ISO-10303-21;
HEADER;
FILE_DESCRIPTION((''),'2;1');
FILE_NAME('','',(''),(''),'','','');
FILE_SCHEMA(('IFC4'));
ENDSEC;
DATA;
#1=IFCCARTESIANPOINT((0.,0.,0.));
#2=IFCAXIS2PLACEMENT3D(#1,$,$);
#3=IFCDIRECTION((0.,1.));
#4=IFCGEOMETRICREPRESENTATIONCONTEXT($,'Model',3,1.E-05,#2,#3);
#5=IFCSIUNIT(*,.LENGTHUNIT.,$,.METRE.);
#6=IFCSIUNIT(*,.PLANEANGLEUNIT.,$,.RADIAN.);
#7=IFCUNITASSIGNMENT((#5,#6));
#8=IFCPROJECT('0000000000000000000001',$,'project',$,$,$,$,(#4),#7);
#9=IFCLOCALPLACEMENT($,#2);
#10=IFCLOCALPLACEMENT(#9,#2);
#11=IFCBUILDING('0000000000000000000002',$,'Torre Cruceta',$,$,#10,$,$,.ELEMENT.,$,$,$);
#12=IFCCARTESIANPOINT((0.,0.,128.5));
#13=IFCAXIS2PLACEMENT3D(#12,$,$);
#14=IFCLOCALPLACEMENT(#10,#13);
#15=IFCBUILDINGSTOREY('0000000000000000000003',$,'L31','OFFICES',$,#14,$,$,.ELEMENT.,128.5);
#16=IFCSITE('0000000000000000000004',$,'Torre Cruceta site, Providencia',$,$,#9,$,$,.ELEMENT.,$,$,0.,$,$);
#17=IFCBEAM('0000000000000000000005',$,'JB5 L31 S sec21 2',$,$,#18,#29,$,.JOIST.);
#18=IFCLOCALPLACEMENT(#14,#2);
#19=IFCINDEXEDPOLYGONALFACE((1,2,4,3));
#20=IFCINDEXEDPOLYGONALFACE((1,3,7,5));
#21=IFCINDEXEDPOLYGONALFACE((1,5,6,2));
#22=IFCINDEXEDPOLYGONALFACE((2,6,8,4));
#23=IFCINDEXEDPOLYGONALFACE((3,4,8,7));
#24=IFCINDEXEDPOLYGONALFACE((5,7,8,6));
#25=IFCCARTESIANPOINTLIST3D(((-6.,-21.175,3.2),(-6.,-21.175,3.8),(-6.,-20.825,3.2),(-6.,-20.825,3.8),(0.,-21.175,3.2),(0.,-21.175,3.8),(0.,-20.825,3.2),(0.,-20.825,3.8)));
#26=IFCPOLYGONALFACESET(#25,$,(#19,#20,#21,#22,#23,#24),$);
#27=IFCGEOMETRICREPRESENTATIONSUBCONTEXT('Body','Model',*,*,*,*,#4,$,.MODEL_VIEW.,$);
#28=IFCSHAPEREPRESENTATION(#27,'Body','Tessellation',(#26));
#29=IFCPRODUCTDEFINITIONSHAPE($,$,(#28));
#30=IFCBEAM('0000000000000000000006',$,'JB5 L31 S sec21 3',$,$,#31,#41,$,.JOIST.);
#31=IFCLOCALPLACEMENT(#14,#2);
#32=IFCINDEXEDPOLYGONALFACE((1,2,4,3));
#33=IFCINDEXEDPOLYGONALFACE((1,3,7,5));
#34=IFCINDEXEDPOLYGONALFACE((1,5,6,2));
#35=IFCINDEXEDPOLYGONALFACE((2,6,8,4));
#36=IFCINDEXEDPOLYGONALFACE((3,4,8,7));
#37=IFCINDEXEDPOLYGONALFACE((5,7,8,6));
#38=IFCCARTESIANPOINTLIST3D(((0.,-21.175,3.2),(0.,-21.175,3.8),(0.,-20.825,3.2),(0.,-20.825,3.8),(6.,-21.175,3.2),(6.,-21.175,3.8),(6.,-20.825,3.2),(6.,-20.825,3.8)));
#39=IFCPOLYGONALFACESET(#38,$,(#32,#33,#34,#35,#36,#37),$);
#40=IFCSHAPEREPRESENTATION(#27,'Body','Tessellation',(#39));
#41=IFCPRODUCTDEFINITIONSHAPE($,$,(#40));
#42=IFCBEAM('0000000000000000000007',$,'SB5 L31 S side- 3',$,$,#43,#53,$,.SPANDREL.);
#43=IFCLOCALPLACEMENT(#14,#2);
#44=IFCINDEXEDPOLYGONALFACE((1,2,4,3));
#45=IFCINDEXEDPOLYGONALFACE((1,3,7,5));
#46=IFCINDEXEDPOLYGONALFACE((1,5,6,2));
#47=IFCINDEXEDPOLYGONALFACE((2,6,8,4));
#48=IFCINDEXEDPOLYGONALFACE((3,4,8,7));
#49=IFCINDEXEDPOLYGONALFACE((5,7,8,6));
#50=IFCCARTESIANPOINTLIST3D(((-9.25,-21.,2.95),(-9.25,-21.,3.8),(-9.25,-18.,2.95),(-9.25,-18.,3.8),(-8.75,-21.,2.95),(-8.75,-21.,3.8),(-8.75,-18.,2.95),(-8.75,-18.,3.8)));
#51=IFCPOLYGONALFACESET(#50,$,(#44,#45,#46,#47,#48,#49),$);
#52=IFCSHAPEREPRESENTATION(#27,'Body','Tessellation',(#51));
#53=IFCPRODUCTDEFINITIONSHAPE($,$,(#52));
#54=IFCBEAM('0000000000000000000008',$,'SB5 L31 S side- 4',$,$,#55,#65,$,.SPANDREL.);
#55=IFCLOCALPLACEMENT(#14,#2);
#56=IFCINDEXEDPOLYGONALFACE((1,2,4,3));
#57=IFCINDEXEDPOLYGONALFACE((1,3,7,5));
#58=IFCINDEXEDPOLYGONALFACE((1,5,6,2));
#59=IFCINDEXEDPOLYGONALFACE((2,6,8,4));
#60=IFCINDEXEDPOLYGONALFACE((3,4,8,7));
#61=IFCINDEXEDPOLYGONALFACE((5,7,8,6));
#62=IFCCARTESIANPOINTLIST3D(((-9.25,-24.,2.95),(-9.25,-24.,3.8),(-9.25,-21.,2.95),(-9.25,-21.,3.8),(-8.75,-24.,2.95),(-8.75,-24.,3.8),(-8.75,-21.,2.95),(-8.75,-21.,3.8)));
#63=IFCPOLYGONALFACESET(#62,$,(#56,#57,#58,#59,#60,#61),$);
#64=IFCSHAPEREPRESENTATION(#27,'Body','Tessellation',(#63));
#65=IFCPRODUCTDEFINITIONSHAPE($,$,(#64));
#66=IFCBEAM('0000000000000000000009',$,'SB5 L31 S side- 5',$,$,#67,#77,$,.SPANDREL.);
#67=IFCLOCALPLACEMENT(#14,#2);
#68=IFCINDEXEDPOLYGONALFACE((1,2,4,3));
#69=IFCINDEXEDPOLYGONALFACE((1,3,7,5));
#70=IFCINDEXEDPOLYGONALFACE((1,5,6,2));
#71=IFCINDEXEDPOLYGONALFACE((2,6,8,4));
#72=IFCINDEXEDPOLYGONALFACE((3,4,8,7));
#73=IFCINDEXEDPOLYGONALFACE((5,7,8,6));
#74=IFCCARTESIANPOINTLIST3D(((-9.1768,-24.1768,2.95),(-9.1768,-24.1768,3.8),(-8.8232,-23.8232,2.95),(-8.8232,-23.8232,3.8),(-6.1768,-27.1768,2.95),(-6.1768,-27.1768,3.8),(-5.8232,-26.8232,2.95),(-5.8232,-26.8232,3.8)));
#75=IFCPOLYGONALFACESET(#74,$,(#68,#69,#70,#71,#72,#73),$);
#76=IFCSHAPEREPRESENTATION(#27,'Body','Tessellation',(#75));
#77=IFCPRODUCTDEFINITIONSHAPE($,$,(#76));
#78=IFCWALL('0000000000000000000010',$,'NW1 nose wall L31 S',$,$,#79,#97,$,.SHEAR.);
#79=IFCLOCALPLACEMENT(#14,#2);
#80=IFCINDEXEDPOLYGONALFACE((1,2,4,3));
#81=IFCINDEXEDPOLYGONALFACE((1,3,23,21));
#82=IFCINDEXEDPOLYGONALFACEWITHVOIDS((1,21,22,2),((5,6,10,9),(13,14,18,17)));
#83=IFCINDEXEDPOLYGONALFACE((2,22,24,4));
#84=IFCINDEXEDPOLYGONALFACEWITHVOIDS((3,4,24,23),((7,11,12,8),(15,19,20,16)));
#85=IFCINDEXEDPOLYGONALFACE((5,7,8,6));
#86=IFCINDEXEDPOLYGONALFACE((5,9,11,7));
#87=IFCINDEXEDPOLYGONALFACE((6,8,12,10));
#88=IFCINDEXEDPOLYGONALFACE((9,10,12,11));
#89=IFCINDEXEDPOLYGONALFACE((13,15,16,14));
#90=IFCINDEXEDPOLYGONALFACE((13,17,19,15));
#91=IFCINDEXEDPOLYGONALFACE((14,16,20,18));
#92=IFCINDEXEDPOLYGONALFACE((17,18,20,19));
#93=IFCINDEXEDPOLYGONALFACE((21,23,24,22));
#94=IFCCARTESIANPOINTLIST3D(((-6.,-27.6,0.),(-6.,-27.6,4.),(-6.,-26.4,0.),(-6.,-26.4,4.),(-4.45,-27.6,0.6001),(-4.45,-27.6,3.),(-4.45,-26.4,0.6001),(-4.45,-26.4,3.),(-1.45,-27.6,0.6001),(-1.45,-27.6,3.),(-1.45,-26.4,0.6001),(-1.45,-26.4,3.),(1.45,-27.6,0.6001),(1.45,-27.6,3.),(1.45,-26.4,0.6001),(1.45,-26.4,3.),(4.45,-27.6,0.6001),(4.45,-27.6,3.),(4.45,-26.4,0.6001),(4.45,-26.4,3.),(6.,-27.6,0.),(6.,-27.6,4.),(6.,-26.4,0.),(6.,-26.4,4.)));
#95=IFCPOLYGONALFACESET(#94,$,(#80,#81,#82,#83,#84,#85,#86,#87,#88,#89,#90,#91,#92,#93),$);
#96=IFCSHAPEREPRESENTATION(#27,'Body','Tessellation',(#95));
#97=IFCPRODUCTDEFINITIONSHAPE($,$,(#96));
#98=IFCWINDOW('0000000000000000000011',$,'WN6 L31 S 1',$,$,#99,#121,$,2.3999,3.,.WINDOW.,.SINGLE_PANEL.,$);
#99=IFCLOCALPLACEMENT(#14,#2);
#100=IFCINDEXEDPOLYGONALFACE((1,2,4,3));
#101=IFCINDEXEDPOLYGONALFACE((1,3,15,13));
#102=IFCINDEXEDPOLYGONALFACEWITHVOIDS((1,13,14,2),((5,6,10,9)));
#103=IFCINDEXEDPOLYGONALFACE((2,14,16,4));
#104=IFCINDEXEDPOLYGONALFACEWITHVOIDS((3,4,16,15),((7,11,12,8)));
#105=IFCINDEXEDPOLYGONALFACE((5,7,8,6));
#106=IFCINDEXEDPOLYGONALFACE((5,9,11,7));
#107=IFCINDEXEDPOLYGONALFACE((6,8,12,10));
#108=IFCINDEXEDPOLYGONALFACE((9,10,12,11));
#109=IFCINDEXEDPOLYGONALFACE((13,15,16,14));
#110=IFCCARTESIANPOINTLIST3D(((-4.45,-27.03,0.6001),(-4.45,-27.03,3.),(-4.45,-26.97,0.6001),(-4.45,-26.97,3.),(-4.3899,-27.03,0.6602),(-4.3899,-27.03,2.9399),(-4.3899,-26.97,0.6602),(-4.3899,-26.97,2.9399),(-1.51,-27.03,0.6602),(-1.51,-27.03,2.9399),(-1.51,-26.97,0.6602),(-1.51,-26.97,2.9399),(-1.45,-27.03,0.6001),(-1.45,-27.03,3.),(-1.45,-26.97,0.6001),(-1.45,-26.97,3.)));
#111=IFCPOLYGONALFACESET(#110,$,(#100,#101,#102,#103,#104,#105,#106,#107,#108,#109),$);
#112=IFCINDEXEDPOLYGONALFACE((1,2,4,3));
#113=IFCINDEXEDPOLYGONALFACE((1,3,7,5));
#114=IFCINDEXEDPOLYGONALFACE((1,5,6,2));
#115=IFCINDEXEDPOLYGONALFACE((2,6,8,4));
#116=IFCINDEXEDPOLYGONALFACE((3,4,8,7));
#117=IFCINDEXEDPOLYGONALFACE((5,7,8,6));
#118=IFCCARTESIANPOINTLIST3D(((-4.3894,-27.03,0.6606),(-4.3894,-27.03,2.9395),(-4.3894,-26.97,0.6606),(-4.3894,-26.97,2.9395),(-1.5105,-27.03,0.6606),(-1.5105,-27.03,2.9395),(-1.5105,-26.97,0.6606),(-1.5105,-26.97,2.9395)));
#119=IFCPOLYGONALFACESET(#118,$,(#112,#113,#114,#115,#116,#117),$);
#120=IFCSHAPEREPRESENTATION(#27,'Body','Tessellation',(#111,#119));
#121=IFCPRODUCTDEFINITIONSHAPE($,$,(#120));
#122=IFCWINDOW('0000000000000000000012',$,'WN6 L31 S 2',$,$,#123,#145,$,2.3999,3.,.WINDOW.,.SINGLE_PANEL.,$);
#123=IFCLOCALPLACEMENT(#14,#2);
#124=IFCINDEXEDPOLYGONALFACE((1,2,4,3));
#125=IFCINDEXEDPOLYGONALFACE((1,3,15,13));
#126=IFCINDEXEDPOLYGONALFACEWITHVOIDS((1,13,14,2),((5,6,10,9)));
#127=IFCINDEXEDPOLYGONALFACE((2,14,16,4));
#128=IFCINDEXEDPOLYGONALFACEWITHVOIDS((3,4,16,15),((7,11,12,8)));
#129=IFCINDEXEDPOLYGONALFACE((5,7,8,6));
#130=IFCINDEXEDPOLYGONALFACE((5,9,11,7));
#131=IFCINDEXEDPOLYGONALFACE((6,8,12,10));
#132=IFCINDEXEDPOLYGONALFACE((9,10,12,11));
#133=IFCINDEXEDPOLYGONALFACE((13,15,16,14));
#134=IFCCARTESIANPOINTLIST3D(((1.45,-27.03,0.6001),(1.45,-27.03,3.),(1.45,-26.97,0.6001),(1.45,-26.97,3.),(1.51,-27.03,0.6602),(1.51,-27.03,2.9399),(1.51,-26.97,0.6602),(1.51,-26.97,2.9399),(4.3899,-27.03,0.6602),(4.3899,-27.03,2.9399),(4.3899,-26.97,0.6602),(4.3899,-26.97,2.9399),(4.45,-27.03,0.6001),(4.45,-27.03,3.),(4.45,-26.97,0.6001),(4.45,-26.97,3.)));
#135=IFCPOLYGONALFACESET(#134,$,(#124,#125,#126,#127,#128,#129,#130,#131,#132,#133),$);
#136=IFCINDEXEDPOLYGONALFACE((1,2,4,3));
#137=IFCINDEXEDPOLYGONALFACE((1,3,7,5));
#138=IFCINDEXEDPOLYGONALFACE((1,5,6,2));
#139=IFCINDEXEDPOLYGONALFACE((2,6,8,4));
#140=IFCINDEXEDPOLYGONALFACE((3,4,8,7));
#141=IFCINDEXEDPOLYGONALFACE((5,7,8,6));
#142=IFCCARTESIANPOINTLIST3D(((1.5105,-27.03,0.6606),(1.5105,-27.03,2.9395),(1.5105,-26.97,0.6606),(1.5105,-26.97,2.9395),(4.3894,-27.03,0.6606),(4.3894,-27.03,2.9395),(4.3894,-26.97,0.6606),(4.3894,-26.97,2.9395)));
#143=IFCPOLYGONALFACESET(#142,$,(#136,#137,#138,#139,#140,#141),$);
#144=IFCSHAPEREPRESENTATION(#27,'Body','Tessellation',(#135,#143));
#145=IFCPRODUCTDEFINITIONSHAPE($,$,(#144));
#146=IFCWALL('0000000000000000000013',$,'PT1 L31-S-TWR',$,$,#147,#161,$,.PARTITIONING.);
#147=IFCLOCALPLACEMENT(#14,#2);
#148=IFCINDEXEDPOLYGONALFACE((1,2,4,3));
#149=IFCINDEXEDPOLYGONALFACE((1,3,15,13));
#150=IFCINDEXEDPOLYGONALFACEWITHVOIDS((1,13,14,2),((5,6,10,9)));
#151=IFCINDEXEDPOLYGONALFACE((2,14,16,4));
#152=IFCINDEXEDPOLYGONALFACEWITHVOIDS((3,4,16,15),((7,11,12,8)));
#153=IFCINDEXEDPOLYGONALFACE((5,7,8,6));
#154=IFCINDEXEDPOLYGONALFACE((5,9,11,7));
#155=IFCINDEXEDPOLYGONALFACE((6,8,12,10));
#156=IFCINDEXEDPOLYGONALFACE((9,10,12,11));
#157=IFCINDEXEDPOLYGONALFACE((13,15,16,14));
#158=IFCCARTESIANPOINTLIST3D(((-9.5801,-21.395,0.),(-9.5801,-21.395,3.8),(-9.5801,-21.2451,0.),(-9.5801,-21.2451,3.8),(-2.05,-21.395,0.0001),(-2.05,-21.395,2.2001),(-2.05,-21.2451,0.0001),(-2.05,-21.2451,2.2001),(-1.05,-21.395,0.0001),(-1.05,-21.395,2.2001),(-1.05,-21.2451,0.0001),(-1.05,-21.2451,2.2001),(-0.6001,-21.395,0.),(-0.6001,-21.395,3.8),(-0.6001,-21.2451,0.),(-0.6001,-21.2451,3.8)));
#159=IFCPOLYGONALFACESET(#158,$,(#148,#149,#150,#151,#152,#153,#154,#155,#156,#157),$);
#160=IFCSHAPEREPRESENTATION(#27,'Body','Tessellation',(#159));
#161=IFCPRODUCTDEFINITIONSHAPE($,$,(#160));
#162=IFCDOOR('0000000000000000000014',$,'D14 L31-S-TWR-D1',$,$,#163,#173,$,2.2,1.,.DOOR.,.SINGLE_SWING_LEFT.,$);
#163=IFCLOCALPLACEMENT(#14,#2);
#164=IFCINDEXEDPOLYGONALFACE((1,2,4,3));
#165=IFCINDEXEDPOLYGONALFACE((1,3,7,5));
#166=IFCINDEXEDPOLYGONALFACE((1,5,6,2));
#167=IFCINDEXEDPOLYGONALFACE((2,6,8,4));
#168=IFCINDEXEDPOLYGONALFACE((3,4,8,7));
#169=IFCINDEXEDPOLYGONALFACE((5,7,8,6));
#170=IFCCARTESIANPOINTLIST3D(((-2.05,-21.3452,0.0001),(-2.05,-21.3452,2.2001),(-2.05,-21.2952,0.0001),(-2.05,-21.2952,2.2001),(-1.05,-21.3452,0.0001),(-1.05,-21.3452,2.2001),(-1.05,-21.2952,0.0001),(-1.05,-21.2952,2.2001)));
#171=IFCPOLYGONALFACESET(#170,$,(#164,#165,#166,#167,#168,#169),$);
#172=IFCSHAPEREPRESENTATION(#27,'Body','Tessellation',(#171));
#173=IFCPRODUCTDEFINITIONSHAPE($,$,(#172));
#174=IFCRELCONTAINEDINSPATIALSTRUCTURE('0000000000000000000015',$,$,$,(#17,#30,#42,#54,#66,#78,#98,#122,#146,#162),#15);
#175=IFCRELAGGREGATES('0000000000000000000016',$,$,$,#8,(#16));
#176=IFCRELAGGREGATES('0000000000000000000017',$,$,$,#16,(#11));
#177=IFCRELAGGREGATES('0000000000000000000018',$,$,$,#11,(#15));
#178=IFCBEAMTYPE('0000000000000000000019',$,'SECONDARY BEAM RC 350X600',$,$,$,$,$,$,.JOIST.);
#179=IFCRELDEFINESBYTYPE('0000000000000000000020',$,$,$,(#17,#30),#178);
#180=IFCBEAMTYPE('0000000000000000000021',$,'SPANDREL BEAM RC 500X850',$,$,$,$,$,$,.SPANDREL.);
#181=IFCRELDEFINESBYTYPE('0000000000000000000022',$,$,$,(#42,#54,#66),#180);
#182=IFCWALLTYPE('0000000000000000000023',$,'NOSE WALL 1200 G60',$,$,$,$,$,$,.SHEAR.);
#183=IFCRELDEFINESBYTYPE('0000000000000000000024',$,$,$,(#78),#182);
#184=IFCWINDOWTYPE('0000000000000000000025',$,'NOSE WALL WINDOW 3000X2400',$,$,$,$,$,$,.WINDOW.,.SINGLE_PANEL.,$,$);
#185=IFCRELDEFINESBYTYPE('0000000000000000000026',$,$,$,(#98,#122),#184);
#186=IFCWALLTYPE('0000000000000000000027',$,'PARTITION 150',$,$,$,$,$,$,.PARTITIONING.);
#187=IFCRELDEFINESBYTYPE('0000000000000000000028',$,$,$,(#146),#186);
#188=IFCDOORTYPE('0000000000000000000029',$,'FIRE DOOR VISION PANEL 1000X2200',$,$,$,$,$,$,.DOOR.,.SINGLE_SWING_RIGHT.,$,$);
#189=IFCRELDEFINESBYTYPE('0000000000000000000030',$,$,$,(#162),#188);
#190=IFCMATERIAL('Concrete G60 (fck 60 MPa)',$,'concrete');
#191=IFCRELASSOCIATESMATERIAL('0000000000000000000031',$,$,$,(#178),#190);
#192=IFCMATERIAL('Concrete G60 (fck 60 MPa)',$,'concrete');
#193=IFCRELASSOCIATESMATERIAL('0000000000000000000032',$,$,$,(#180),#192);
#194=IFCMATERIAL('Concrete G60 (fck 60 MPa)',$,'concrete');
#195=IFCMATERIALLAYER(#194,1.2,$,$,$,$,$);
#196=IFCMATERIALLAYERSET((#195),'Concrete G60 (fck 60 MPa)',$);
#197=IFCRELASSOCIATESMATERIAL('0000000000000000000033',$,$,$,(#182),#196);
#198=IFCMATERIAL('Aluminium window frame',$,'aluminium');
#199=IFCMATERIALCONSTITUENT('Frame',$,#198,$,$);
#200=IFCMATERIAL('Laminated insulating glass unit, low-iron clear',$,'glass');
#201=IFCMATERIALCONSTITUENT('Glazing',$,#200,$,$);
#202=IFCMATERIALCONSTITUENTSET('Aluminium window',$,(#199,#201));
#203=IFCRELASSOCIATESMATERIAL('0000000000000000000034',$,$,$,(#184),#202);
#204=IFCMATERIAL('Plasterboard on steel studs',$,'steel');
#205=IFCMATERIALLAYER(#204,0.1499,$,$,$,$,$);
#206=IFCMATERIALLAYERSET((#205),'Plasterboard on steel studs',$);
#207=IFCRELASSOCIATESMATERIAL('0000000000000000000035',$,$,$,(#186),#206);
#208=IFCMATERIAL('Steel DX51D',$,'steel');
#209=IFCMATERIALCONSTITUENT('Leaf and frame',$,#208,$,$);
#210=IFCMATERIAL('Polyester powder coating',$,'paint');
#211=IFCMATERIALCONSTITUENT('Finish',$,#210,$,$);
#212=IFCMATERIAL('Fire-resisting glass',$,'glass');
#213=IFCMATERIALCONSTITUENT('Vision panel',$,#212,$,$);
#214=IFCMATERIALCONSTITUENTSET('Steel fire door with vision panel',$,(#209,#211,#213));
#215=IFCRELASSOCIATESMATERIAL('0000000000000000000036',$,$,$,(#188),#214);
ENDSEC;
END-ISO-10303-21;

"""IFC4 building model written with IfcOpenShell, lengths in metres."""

from ifc_helpers import new_model, si_unit, direction, frame, frame_2d, origin, origin_2d, place, context, subcontext, project, spatial, rectangle, hollow_rectangle, extrude, material, layer, layer_set, constituent, constituent_set, material_profile, profile_set, type_object, element, fill, save


model = new_model("IFC4")

# Units and contexts
model_context = context("Model", 3, precision=1e-05, world=origin(), true_north=direction((0.0, 1.0)))
body_context = subcontext(model_context, "Body", "Model", "MODEL_VIEW")
ifc_project = project(units=[si_unit("LENGTHUNIT", "METRE"), si_unit("PLANEANGLEUNIT", "RADIAN")], contexts=[model_context])

# Site, building, storey
site_placement = place(None, origin())
site = spatial("IfcSite", under=ifc_project, at=site_placement, Name="Torre Cruceta site, Providencia", CompositionType="ELEMENT", RefElevation=0.0)
building_placement = place(site_placement, origin())
building = spatial("IfcBuilding", under=site, at=building_placement, Name="Torre Cruceta", CompositionType="ELEMENT")
storey_placement = place(building_placement, frame((0.0, 0.0, 128.5)))
storey = spatial("IfcBuildingStorey", under=building, at=storey_placement, Name="L31", Description="OFFICES", CompositionType="ELEMENT", Elevation=128.5)

# Beams
ifc_material_1 = material(Name="Concrete G60 (fck 60 MPa)", Category="concrete")
ifc_material_profile_1 = material_profile(ifc_material_1, rectangle(XDim=0.3501, YDim=0.6001, at=origin_2d()), Name="RC 350X600")
ifc_profile_set_1 = profile_set([ifc_material_profile_1], Name="Concrete G60 (fck 60 MPa)")
beam_type_1 = type_object("IfcBeamType", Name="SECONDARY BEAM RC 350X600", PredefinedType="JOIST", material=ifc_profile_set_1)
for number, where, z_axis, x_axis, name in (
    (1, (-6.0, -21.0, 3.5), (1.0, 0.0, 0.0), (0.0, 1.0, 0.0), "JB5 L31 S sec21 2"),
    (2, (0.0, -21.0, 3.5), (1.0, 0.0, 0.0), (0.0, 1.0, 0.0), "JB5 L31 S sec21 3"),
):
    element("IfcBeam", number, at=place(storey_placement, frame(where, z_axis=z_axis, x_axis=x_axis)), inside=storey, type_object=beam_type_1, Name=name, PredefinedType="JOIST", context=body_context, shape_type="SweptSolid", body=[
        extrude(rectangle(XDim=0.3501, YDim=0.6001, at=origin_2d()), origin(), (0.0, 0.0, 1.0), 6.0),
    ])
ifc_material_2 = material(Name="Concrete G60 (fck 60 MPa)", Category="concrete")
ifc_material_profile_2 = material_profile(ifc_material_2, rectangle(XDim=0.5, YDim=0.8501, at=origin_2d()), Name="RC 500X850")
ifc_profile_set_2 = profile_set([ifc_material_profile_2], Name="Concrete G60 (fck 60 MPa)")
beam_type_2 = type_object("IfcBeamType", Name="SPANDREL BEAM RC 500X850", PredefinedType="SPANDREL", material=ifc_profile_set_2)
for number, where, z_axis, x_axis, name in (
    (3, (-9.0, -18.0, 3.375), (0.0, -1.0, 0.0), (1.0, 0.0, 0.0), "SB5 L31 S side- 3"),
    (4, (-9.0, -21.0, 3.375), (0.0, -1.0, 0.0), (1.0, 0.0, 0.0), "SB5 L31 S side- 4"),
):
    element("IfcBeam", number, at=place(storey_placement, frame(where, z_axis=z_axis, x_axis=x_axis)), inside=storey, type_object=beam_type_2, Name=name, PredefinedType="SPANDREL", context=body_context, shape_type="SweptSolid", body=[
        extrude(rectangle(XDim=0.5, YDim=0.8501, at=origin_2d()), origin(), (0.0, 0.0, 1.0), 3.0),
    ])
beam_1_placement = place(storey_placement, frame((-9.0, -24.0, 3.375), z_axis=(0.707107, -0.707107, 0.0), x_axis=(0.707107, 0.707107, 0.0)))
element("IfcBeam", 5, at=beam_1_placement, inside=storey, type_object=beam_type_2, Name="SB5 L31 S side- 5", PredefinedType="SPANDREL", context=body_context, shape_type="SweptSolid", body=[
    extrude(rectangle(XDim=0.5, YDim=0.8501, at=origin_2d()), origin(), (0.0, 0.0, 1.0), 4.2427),
])

# Wall, openings, windows
ifc_material_3 = material(Name="Concrete G60 (fck 60 MPa)", Category="concrete")
ifc_layer_1 = layer(ifc_material_3, 1.2)
ifc_layer_set_1 = layer_set([ifc_layer_1], Name="Concrete G60 (fck 60 MPa)")
wall_type_1 = type_object("IfcWallType", Name="NOSE WALL 1200 G60", PredefinedType="SHEAR", material=ifc_layer_set_1)
wall_1_placement = place(storey_placement, frame((-6.0, -27.0, 0.0), z_axis=(0.0, 0.0, 1.0), x_axis=(1.0, 0.0, 0.0)))
wall_1 = element("IfcWall", 6, at=wall_1_placement, inside=storey, type_object=wall_type_1, Name="NW1 nose wall L31 S", PredefinedType="SHEAR", context=body_context, shape_type="SweptSolid", body=[
    extrude(rectangle(XDim=12.0, YDim=1.2, at=frame_2d((6.0, 0.0))), origin(), (0.0, 0.0, 1.0), 4.0),
])
opening_1_placement = place(wall_1_placement, frame((1.55, 0.0, 0.6001)))
opening_1 = element("IfcOpeningElement", 7, at=opening_1_placement, cuts=wall_1, PredefinedType="OPENING", context=body_context, shape_type="SweptSolid", body=[
    extrude(rectangle(XDim=3.0, YDim=2.3999, at=frame_2d((1.5, 1.2))), frame((0.0, 0.6099, 0.0), z_axis=(0.0, -1.0, 0.0), x_axis=(1.0, 0.0, 0.0)), (0.0, 0.0, 1.0), 1.22),
])
opening_2_placement = place(wall_1_placement, frame((7.45, 0.0, 0.6001)))
opening_2 = element("IfcOpeningElement", 8, at=opening_2_placement, cuts=wall_1, PredefinedType="OPENING", context=body_context, shape_type="SweptSolid", body=[
    extrude(rectangle(XDim=3.0, YDim=2.3999, at=frame_2d((1.5, 1.2))), frame((0.0, 0.6099, 0.0), z_axis=(0.0, -1.0, 0.0), x_axis=(1.0, 0.0, 0.0)), (0.0, 0.0, 1.0), 1.22),
])
ifc_material_4 = material(Name="Aluminium window frame", Category="aluminium")
ifc_constituent_1 = constituent(ifc_material_4, Name="Frame")
ifc_material_5 = material(Name="Laminated insulating glass unit, low-iron clear", Category="glass")
ifc_constituent_2 = constituent(ifc_material_5, Name="Glazing")
ifc_constituent_set_1 = constituent_set(constituents=[ifc_constituent_1, ifc_constituent_2], Name="Aluminium window")
window_type = type_object("IfcWindowType", Name="NOSE WALL WINDOW 3000X2400", PartitioningType="SINGLE_PANEL", PredefinedType="WINDOW", material=ifc_constituent_set_1)
window_1_placement = place(opening_1_placement, origin())
window_1 = element("IfcWindow", 9, at=window_1_placement, inside=storey, type_object=window_type, Name="WN6 L31 S 1", OverallHeight=2.3999, OverallWidth=3.0, PartitioningType="SINGLE_PANEL", PredefinedType="WINDOW", context=body_context, shape_type="SweptSolid", body=[
    extrude(hollow_rectangle(XDim=3.0, YDim=2.3999, WallThickness=0.0601, at=frame_2d((1.5, 1.2))), frame((0.0, 0.03, 0.0), z_axis=(0.0, -1.0, 0.0), x_axis=(1.0, 0.0, 0.0)), (0.0, 0.0, 1.0), 0.0601),
    extrude(rectangle(XDim=2.8789, YDim=2.2788, at=frame_2d((1.5, 1.2))), frame((0.0, 0.03, 0.0), z_axis=(0.0, -1.0, 0.0), x_axis=(1.0, 0.0, 0.0)), (0.0, 0.0, 1.0), 0.0601),
])
fill(opening_1, window_1)
window_2_placement = place(opening_2_placement, origin())
window_2 = element("IfcWindow", 10, at=window_2_placement, inside=storey, type_object=window_type, Name="WN6 L31 S 2", OverallHeight=2.3999, OverallWidth=3.0, PartitioningType="SINGLE_PANEL", PredefinedType="WINDOW", context=body_context, shape_type="SweptSolid", body=[
    extrude(hollow_rectangle(XDim=3.0, YDim=2.3999, WallThickness=0.0601, at=frame_2d((1.5, 1.2))), frame((0.0, 0.03, 0.0), z_axis=(0.0, -1.0, 0.0), x_axis=(1.0, 0.0, 0.0)), (0.0, 0.0, 1.0), 0.0601),
    extrude(rectangle(XDim=2.8789, YDim=2.2788, at=frame_2d((1.5, 1.2))), frame((0.0, 0.03, 0.0), z_axis=(0.0, -1.0, 0.0), x_axis=(1.0, 0.0, 0.0)), (0.0, 0.0, 1.0), 0.0601),
])
fill(opening_2, window_2)

# Wall, opening, door
ifc_material_6 = material(Name="Plasterboard on steel studs", Category="steel")
ifc_layer_2 = layer(ifc_material_6, 0.1499)
ifc_layer_set_2 = layer_set([ifc_layer_2], Name="Plasterboard on steel studs")
wall_type_2 = type_object("IfcWallType", Name="PARTITION 150", PredefinedType="PARTITIONING", material=ifc_layer_set_2)
wall_2_placement = place(storey_placement, frame((-9.5801, -21.3201, 0.0), z_axis=(0.0, 0.0, 1.0), x_axis=(1.0, 0.0, 0.0)))
wall_2 = element("IfcWall", 11, at=wall_2_placement, inside=storey, type_object=wall_type_2, Name="PT1 L31-S-TWR", PredefinedType="PARTITIONING", context=body_context, shape_type="SweptSolid", body=[
    extrude(rectangle(XDim=8.98, YDim=0.1499, at=frame_2d((4.49, 0.0))), origin(), (0.0, 0.0, 1.0), 3.8),
])
opening_3_placement = place(wall_2_placement, frame((7.53, 0.0, 0.0)))
opening_3 = element("IfcOpeningElement", 12, at=opening_3_placement, cuts=wall_2, PredefinedType="OPENING", context=body_context, shape_type="SweptSolid", body=[
    extrude(rectangle(XDim=1.0, YDim=2.2, at=frame_2d((0.5, 1.1001))), frame((0.0, 0.085, 0.0), z_axis=(0.0, -1.0, 0.0), x_axis=(1.0, 0.0, 0.0)), (0.0, 0.0, 1.0), 0.1699),
])
ifc_material_7 = material(Name="Steel DX51D", Category="steel")
ifc_constituent_3 = constituent(ifc_material_7, Name="Leaf and frame")
ifc_material_8 = material(Name="Polyester powder coating", Category="paint")
ifc_constituent_4 = constituent(ifc_material_8, Name="Finish")
ifc_material_9 = material(Name="Fire-resisting glass", Category="glass")
ifc_constituent_5 = constituent(ifc_material_9, Name="Vision panel")
ifc_constituent_set_2 = constituent_set(constituents=[ifc_constituent_3, ifc_constituent_4, ifc_constituent_5], Name="Steel fire door with vision panel")
door_type = type_object("IfcDoorType", Name="FIRE DOOR VISION PANEL 1000X2200", OperationType="SINGLE_SWING_RIGHT", PredefinedType="DOOR", material=ifc_constituent_set_2)
door_placement = place(opening_3_placement, frame((1.0, 0.0, 0.0), z_axis=(0.0, 0.0, 1.0), x_axis=(-1.0, 0.0, 0.0)))
door = element("IfcDoor", 13, at=door_placement, inside=storey, type_object=door_type, Name="D14 L31-S-TWR-D1", OperationType="SINGLE_SWING_LEFT", OverallHeight=2.2, OverallWidth=1.0, PredefinedType="DOOR", context=body_context, shape_type="SweptSolid", body=[
    extrude(rectangle(XDim=1.0, YDim=2.2, at=frame_2d((0.5, 1.1001))), frame((0.0, 0.0251, 0.0), z_axis=(0.0, -1.0, 0.0), x_axis=(1.0, 0.0, 0.0)), (0.0, 0.0, 1.0), 0.05),
])
fill(opening_3, door)

save(model, "model.ifc")
